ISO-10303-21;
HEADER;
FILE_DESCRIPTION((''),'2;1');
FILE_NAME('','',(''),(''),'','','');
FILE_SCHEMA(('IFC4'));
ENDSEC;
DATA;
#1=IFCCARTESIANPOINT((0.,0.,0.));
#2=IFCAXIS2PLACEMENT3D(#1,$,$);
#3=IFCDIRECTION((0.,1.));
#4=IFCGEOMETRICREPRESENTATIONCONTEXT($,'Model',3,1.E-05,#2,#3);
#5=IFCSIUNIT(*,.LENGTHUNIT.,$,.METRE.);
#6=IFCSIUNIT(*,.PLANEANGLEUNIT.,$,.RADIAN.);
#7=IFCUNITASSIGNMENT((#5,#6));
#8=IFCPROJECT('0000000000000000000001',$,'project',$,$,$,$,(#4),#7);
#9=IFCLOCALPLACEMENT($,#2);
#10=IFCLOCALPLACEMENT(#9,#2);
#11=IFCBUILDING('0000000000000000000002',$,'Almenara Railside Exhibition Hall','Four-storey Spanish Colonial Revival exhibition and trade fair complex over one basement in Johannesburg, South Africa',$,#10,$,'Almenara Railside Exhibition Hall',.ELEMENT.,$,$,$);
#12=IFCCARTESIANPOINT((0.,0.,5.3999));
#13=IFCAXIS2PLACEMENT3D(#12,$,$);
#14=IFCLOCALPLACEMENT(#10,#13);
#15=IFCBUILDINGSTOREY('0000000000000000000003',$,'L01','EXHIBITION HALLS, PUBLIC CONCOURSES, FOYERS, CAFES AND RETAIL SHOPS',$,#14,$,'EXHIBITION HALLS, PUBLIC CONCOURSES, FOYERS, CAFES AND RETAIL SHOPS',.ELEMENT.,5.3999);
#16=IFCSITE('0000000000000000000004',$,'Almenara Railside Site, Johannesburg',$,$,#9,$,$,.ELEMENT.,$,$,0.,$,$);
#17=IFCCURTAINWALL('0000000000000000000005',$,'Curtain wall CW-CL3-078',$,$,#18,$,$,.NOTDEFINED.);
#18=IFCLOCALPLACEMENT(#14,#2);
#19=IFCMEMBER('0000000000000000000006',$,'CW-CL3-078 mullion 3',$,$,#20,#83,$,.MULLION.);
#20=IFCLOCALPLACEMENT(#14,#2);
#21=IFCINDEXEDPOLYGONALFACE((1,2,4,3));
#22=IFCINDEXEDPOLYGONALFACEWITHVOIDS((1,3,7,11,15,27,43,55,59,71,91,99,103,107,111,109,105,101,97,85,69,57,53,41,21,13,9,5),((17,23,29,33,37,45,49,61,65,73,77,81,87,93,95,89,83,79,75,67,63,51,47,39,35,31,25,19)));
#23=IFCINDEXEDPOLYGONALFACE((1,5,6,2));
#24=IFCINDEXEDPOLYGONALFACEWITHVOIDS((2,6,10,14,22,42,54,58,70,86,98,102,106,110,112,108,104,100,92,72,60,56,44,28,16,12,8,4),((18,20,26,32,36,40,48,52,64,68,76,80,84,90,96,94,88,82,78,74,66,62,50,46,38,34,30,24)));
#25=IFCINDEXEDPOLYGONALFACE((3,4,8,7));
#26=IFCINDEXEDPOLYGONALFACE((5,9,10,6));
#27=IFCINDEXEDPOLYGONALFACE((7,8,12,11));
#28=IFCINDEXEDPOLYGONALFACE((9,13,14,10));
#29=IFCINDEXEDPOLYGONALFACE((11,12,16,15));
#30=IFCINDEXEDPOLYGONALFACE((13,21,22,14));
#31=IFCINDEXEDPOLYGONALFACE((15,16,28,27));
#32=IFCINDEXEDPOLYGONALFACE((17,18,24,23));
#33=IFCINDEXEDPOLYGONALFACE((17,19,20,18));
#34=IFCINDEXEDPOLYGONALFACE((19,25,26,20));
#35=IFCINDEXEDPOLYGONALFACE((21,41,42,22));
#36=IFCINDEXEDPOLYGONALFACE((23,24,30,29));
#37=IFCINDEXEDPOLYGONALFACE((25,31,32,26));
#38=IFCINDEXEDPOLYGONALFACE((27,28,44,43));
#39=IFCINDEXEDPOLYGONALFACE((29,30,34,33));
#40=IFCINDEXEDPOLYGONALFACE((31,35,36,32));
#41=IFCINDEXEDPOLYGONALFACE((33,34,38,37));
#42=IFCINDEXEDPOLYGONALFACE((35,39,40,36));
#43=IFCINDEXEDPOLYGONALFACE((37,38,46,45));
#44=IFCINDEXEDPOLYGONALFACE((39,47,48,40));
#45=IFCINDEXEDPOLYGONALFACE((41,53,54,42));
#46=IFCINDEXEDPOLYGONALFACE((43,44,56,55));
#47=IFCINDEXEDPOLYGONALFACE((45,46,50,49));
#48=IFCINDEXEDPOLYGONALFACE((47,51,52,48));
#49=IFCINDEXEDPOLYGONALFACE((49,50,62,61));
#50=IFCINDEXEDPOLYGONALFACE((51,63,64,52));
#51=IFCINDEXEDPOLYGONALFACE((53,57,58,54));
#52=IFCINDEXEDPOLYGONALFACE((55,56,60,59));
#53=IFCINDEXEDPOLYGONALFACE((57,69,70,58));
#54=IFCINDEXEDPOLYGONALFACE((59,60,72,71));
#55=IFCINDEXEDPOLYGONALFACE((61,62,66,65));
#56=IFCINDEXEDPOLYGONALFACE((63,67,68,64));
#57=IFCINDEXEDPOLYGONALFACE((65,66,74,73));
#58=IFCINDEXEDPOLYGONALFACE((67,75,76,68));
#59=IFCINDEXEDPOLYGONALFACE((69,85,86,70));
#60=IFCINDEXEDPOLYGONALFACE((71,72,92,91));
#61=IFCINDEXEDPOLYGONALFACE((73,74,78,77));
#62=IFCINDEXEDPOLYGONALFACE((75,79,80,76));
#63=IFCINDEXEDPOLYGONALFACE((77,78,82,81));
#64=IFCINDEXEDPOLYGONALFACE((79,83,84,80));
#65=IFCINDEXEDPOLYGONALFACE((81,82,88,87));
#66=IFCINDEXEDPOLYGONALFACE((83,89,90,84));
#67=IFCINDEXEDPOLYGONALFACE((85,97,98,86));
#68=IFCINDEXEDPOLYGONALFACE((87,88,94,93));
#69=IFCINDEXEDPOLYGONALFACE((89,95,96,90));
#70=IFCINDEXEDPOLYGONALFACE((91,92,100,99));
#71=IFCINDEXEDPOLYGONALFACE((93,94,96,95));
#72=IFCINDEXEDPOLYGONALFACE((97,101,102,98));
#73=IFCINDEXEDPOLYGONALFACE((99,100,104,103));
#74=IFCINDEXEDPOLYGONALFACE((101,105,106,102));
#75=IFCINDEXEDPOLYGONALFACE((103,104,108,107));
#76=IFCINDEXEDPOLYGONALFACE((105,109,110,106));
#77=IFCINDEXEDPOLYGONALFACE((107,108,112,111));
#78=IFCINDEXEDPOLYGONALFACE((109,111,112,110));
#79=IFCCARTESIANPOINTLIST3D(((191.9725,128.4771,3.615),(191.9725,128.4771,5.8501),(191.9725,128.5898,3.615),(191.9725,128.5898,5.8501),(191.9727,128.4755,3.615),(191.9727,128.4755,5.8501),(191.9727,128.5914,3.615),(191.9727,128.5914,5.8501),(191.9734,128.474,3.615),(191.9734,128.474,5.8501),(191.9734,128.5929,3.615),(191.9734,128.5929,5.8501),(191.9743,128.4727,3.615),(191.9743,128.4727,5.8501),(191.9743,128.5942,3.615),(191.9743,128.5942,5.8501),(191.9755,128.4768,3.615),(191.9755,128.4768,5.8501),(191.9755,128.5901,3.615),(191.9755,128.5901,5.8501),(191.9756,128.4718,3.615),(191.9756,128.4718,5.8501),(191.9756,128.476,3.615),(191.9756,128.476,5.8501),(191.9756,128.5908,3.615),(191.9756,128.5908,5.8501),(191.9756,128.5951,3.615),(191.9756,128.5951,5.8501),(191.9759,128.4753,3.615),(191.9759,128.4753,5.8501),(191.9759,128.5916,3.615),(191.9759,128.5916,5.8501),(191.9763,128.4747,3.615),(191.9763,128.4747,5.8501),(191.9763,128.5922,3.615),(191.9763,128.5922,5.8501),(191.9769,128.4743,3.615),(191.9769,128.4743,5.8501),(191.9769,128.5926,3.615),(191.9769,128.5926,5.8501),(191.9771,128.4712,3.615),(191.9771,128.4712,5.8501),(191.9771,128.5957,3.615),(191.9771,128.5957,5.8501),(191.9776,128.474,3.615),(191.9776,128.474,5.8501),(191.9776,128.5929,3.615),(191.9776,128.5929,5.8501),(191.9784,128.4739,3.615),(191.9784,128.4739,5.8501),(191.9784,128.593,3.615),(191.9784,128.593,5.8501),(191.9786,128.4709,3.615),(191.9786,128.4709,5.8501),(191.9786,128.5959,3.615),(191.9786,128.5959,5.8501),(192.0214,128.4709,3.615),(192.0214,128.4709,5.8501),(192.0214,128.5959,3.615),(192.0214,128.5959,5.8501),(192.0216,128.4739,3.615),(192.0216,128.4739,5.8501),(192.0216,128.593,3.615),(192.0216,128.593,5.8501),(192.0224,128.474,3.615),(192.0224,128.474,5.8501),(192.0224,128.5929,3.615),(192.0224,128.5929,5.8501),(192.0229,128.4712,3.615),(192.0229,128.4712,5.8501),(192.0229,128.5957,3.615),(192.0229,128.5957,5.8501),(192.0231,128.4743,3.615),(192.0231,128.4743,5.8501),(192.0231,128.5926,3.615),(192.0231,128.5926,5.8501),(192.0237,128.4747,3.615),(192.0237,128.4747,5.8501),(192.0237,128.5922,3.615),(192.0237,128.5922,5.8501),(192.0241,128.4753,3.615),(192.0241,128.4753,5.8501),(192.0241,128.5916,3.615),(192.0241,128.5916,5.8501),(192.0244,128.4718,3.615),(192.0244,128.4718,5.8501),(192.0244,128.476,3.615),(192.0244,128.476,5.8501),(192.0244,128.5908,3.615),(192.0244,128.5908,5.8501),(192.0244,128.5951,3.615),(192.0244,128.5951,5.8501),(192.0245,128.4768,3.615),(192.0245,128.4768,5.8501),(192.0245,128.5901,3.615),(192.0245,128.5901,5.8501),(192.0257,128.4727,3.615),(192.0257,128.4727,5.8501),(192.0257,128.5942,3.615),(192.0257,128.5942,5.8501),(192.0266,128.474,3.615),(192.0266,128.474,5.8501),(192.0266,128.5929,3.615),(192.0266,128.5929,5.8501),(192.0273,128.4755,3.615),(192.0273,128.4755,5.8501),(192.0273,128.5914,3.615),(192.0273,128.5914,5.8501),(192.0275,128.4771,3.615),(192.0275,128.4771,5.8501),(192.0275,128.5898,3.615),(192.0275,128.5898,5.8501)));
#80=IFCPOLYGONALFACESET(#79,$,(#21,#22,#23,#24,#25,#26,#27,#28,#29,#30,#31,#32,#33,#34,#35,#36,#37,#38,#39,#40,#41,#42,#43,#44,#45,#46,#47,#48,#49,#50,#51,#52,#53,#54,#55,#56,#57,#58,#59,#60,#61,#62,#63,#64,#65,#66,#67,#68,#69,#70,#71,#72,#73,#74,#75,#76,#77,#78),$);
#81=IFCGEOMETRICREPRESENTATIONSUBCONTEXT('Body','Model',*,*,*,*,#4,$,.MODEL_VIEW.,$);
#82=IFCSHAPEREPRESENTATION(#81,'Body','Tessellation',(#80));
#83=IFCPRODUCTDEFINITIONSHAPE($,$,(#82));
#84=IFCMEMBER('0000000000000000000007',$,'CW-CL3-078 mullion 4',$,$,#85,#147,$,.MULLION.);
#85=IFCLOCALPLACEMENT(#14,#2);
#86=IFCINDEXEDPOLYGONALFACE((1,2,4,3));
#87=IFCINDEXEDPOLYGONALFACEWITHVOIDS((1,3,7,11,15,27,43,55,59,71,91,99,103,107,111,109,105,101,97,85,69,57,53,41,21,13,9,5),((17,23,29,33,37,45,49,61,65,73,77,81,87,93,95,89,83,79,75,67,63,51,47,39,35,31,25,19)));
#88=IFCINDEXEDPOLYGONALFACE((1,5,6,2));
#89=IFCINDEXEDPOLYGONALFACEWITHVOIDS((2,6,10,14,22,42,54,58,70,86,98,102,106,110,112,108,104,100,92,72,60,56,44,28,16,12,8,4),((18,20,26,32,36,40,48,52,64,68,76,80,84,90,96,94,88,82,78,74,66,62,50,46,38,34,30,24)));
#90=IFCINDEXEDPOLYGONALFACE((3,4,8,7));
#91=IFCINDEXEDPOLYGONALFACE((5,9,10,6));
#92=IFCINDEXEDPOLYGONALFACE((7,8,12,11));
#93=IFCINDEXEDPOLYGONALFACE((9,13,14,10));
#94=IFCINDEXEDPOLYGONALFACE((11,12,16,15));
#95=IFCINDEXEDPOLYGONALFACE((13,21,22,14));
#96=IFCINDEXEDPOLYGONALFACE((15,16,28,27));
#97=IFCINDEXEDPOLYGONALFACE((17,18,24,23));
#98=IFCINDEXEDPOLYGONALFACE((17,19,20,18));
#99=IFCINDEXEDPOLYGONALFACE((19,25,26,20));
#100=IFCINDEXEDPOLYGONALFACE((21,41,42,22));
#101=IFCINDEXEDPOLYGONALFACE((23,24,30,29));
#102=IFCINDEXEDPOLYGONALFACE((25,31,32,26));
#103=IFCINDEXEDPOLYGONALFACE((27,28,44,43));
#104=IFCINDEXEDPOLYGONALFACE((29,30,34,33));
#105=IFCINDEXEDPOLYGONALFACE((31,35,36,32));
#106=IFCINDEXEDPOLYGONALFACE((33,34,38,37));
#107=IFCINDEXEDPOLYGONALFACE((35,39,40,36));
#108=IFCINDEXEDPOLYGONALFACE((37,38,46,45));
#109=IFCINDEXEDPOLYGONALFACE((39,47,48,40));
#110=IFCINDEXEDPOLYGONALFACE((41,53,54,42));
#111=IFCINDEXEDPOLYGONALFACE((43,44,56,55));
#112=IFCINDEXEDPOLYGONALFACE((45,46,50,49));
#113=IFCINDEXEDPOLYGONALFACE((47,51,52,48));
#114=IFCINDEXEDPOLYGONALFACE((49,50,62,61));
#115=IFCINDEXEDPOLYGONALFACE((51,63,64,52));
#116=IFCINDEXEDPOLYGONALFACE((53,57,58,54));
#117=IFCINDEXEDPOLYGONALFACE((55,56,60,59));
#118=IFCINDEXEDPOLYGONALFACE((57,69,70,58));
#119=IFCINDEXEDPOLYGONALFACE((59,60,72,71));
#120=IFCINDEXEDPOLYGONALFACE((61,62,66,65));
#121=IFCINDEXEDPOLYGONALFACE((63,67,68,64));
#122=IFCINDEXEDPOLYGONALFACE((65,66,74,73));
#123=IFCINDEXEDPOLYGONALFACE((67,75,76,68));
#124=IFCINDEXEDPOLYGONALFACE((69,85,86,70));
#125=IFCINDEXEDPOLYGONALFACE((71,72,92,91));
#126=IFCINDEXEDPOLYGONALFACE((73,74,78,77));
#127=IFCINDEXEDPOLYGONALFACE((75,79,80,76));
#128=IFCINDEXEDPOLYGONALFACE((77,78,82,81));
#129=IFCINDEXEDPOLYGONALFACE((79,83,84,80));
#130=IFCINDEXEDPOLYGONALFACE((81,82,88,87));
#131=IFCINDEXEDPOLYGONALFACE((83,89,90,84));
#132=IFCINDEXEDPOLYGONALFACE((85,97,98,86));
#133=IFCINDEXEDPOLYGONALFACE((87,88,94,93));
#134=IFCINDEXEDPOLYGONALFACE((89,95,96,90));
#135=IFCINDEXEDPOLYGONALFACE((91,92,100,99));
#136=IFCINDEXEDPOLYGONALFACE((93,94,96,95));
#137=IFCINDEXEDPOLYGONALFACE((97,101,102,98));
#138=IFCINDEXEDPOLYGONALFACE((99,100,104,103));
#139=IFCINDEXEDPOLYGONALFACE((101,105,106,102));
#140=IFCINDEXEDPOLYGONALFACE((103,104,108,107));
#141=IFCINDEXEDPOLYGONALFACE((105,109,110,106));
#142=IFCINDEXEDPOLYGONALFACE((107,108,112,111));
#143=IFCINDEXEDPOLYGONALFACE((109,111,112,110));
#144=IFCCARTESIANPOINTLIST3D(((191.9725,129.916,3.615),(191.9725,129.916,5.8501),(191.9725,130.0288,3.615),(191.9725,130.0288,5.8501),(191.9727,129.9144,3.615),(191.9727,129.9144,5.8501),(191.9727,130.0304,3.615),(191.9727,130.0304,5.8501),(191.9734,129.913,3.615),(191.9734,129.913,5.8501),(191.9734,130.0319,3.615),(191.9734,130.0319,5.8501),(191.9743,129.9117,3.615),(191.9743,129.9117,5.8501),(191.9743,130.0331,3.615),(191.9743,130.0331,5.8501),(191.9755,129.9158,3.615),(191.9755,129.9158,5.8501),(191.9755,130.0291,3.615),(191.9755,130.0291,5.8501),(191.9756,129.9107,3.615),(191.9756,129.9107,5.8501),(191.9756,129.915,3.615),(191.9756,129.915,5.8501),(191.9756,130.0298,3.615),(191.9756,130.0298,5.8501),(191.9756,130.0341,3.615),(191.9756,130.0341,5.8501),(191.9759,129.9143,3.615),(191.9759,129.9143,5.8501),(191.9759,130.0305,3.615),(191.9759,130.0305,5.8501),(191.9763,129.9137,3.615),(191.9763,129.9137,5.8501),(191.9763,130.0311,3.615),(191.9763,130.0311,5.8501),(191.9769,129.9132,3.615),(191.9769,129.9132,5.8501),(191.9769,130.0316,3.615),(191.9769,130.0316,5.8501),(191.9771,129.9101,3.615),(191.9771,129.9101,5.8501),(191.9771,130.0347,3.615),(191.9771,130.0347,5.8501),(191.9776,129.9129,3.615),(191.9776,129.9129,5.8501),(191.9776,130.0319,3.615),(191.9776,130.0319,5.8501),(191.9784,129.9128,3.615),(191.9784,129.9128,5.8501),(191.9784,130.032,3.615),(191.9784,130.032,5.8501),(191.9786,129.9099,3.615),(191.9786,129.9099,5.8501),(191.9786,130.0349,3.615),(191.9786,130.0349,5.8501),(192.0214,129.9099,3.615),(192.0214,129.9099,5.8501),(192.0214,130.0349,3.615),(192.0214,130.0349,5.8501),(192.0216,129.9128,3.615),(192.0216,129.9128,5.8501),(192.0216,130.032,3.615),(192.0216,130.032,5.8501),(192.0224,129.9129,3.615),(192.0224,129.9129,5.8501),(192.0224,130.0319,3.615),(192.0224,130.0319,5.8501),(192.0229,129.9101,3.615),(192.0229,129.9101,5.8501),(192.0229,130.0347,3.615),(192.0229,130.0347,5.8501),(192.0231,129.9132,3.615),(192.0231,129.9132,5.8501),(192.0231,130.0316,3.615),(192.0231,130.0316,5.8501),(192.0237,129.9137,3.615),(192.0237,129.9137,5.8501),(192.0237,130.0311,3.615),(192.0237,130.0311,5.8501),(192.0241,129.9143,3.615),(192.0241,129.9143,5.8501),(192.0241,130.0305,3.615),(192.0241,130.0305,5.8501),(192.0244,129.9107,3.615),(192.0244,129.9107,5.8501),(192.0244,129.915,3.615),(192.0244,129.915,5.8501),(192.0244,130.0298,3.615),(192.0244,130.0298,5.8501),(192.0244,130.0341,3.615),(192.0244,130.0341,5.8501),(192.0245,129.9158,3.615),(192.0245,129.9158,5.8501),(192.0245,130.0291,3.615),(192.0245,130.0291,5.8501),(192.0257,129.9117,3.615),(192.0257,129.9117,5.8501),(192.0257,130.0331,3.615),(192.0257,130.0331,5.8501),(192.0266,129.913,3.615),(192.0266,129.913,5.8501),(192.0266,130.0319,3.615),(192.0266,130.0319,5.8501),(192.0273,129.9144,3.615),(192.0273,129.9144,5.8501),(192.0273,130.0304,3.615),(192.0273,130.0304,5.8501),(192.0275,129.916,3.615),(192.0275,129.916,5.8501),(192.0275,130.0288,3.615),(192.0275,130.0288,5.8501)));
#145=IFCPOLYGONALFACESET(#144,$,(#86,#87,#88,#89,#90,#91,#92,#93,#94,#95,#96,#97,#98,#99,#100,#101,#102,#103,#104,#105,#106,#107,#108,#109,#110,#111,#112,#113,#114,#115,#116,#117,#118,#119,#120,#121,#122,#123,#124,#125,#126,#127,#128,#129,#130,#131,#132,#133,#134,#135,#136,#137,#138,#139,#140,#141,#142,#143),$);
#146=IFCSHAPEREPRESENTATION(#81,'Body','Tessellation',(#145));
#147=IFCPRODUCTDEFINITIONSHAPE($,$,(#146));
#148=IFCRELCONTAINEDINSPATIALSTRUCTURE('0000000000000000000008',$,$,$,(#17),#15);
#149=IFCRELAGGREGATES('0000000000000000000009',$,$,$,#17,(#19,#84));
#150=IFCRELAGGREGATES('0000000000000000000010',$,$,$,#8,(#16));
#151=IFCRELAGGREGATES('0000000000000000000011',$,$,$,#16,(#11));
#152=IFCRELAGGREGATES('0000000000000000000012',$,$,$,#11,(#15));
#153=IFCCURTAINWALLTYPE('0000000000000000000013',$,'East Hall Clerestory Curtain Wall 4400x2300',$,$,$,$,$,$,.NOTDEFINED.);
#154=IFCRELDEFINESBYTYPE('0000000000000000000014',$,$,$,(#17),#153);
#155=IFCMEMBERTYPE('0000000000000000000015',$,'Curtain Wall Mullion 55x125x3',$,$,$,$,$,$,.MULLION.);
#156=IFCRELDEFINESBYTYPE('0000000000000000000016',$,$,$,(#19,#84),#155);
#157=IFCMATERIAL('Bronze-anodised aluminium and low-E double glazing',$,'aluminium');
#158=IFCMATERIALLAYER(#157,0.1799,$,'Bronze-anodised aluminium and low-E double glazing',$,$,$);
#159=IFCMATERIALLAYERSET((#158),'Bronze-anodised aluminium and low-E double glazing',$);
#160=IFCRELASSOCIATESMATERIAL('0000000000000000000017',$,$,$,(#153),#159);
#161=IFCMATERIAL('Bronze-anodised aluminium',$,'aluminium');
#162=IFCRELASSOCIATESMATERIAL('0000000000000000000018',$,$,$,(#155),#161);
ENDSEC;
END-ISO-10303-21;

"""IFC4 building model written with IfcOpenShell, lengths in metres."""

from ifc_helpers import new_model, si_unit, direction, frame, origin, origin_2d, place, context, subcontext, project, spatial, hollow_rectangle, extrude, material, layer, layer_set, material_profile, profile_set, type_object, element, aggregate, save


model = new_model("IFC4")

# Units and contexts
model_context = context("Model", 3, precision=1e-05, world=origin(), true_north=direction((0.0, 1.0)))
body_context = subcontext(model_context, "Body", "Model", "MODEL_VIEW")
ifc_project = project(units=[si_unit("LENGTHUNIT", "METRE"), si_unit("PLANEANGLEUNIT", "RADIAN")], contexts=[model_context])

# Site, building, storey
site_placement = place(None, origin())
site = spatial("IfcSite", under=ifc_project, at=site_placement, Name="Almenara Railside Site, Johannesburg", CompositionType="ELEMENT", RefElevation=0.0)
building_placement = place(site_placement, origin())
building = spatial("IfcBuilding", under=site, at=building_placement, Name="Almenara Railside Exhibition Hall", Description="Four-storey Spanish Colonial Revival exhibition and trade fair complex over one basement in Johannesburg, South Africa", LongName="Almenara Railside Exhibition Hall", CompositionType="ELEMENT")
storey_placement = place(building_placement, frame((0.0, 0.0, 5.3999)))
storey = spatial("IfcBuildingStorey", under=building, at=storey_placement, Name="L01", Description="EXHIBITION HALLS, PUBLIC CONCOURSES, FOYERS, CAFES AND RETAIL SHOPS", LongName="EXHIBITION HALLS, PUBLIC CONCOURSES, FOYERS, CAFES AND RETAIL SHOPS", CompositionType="ELEMENT", Elevation=5.3999)

# Curtain wall, members
ifc_material_1 = material(Name="Bronze-anodised aluminium and low-E double glazing", Category="aluminium")
ifc_layer_1 = layer(ifc_material_1, 0.1799, Name="Bronze-anodised aluminium and low-E double glazing")
ifc_layer_set_1 = layer_set([ifc_layer_1], Name="Bronze-anodised aluminium and low-E double glazing")
curtain_wall_type = type_object("IfcCurtainWallType", Name="East Hall Clerestory Curtain Wall 4400x2300", PredefinedType="NOTDEFINED", material=ifc_layer_set_1)
curtain_wall_1_placement = place(storey_placement, origin())
curtain_wall_1 = element("IfcCurtainWall", 1, at=curtain_wall_1_placement, inside=storey, type_object=curtain_wall_type, Name="Curtain wall CW-CL3-078", PredefinedType="NOTDEFINED")
ifc_material_2 = material(Name="Bronze-anodised aluminium", Category="aluminium")
ifc_material_profile_1 = material_profile(ifc_material_2, hollow_rectangle(XDim=0.0549, YDim=0.125, WallThickness=0.0029, InnerFilletRadius=0.0029, OuterFilletRadius=0.0061, at=origin_2d()), Name="ALU-MUL 55x125x3")
ifc_profile_set_1 = profile_set([ifc_material_profile_1], Name="Bronze-anodised aluminium")
member_type_1 = type_object("IfcMemberType", Name="Curtain Wall Mullion 55x125x3", PredefinedType="MULLION", material=ifc_profile_set_1)
member_1_placement = place(storey_placement, frame((192.0, 128.5334, 3.615), z_axis=(0.0, 0.0, 1.0), x_axis=(-1.0, 0.0, 0.0)))
member_1 = element("IfcMember", 2, at=member_1_placement, type_object=member_type_1, Name="CW-CL3-078 mullion 3", PredefinedType="MULLION", context=body_context, shape_type="SweptSolid", body=[
    extrude(hollow_rectangle(XDim=0.0549, YDim=0.125, WallThickness=0.0029, InnerFilletRadius=0.0029, OuterFilletRadius=0.0061, at=origin_2d()), origin(), (0.0, 0.0, 1.0), 2.2351),
])
member_2_placement = place(storey_placement, frame((192.0, 129.9724, 3.615), z_axis=(0.0, 0.0, 1.0), x_axis=(-1.0, 0.0, 0.0)))
member_2 = element("IfcMember", 3, at=member_2_placement, type_object=member_type_1, Name="CW-CL3-078 mullion 4", PredefinedType="MULLION", context=body_context, shape_type="SweptSolid", body=[
    extrude(hollow_rectangle(XDim=0.0549, YDim=0.125, WallThickness=0.0029, InnerFilletRadius=0.0029, OuterFilletRadius=0.0061, at=origin_2d()), origin(), (0.0, 0.0, 1.0), 2.2351),
])

aggregate(curtain_wall_1, [member_1, member_2])

save(model, "model.ifc")
